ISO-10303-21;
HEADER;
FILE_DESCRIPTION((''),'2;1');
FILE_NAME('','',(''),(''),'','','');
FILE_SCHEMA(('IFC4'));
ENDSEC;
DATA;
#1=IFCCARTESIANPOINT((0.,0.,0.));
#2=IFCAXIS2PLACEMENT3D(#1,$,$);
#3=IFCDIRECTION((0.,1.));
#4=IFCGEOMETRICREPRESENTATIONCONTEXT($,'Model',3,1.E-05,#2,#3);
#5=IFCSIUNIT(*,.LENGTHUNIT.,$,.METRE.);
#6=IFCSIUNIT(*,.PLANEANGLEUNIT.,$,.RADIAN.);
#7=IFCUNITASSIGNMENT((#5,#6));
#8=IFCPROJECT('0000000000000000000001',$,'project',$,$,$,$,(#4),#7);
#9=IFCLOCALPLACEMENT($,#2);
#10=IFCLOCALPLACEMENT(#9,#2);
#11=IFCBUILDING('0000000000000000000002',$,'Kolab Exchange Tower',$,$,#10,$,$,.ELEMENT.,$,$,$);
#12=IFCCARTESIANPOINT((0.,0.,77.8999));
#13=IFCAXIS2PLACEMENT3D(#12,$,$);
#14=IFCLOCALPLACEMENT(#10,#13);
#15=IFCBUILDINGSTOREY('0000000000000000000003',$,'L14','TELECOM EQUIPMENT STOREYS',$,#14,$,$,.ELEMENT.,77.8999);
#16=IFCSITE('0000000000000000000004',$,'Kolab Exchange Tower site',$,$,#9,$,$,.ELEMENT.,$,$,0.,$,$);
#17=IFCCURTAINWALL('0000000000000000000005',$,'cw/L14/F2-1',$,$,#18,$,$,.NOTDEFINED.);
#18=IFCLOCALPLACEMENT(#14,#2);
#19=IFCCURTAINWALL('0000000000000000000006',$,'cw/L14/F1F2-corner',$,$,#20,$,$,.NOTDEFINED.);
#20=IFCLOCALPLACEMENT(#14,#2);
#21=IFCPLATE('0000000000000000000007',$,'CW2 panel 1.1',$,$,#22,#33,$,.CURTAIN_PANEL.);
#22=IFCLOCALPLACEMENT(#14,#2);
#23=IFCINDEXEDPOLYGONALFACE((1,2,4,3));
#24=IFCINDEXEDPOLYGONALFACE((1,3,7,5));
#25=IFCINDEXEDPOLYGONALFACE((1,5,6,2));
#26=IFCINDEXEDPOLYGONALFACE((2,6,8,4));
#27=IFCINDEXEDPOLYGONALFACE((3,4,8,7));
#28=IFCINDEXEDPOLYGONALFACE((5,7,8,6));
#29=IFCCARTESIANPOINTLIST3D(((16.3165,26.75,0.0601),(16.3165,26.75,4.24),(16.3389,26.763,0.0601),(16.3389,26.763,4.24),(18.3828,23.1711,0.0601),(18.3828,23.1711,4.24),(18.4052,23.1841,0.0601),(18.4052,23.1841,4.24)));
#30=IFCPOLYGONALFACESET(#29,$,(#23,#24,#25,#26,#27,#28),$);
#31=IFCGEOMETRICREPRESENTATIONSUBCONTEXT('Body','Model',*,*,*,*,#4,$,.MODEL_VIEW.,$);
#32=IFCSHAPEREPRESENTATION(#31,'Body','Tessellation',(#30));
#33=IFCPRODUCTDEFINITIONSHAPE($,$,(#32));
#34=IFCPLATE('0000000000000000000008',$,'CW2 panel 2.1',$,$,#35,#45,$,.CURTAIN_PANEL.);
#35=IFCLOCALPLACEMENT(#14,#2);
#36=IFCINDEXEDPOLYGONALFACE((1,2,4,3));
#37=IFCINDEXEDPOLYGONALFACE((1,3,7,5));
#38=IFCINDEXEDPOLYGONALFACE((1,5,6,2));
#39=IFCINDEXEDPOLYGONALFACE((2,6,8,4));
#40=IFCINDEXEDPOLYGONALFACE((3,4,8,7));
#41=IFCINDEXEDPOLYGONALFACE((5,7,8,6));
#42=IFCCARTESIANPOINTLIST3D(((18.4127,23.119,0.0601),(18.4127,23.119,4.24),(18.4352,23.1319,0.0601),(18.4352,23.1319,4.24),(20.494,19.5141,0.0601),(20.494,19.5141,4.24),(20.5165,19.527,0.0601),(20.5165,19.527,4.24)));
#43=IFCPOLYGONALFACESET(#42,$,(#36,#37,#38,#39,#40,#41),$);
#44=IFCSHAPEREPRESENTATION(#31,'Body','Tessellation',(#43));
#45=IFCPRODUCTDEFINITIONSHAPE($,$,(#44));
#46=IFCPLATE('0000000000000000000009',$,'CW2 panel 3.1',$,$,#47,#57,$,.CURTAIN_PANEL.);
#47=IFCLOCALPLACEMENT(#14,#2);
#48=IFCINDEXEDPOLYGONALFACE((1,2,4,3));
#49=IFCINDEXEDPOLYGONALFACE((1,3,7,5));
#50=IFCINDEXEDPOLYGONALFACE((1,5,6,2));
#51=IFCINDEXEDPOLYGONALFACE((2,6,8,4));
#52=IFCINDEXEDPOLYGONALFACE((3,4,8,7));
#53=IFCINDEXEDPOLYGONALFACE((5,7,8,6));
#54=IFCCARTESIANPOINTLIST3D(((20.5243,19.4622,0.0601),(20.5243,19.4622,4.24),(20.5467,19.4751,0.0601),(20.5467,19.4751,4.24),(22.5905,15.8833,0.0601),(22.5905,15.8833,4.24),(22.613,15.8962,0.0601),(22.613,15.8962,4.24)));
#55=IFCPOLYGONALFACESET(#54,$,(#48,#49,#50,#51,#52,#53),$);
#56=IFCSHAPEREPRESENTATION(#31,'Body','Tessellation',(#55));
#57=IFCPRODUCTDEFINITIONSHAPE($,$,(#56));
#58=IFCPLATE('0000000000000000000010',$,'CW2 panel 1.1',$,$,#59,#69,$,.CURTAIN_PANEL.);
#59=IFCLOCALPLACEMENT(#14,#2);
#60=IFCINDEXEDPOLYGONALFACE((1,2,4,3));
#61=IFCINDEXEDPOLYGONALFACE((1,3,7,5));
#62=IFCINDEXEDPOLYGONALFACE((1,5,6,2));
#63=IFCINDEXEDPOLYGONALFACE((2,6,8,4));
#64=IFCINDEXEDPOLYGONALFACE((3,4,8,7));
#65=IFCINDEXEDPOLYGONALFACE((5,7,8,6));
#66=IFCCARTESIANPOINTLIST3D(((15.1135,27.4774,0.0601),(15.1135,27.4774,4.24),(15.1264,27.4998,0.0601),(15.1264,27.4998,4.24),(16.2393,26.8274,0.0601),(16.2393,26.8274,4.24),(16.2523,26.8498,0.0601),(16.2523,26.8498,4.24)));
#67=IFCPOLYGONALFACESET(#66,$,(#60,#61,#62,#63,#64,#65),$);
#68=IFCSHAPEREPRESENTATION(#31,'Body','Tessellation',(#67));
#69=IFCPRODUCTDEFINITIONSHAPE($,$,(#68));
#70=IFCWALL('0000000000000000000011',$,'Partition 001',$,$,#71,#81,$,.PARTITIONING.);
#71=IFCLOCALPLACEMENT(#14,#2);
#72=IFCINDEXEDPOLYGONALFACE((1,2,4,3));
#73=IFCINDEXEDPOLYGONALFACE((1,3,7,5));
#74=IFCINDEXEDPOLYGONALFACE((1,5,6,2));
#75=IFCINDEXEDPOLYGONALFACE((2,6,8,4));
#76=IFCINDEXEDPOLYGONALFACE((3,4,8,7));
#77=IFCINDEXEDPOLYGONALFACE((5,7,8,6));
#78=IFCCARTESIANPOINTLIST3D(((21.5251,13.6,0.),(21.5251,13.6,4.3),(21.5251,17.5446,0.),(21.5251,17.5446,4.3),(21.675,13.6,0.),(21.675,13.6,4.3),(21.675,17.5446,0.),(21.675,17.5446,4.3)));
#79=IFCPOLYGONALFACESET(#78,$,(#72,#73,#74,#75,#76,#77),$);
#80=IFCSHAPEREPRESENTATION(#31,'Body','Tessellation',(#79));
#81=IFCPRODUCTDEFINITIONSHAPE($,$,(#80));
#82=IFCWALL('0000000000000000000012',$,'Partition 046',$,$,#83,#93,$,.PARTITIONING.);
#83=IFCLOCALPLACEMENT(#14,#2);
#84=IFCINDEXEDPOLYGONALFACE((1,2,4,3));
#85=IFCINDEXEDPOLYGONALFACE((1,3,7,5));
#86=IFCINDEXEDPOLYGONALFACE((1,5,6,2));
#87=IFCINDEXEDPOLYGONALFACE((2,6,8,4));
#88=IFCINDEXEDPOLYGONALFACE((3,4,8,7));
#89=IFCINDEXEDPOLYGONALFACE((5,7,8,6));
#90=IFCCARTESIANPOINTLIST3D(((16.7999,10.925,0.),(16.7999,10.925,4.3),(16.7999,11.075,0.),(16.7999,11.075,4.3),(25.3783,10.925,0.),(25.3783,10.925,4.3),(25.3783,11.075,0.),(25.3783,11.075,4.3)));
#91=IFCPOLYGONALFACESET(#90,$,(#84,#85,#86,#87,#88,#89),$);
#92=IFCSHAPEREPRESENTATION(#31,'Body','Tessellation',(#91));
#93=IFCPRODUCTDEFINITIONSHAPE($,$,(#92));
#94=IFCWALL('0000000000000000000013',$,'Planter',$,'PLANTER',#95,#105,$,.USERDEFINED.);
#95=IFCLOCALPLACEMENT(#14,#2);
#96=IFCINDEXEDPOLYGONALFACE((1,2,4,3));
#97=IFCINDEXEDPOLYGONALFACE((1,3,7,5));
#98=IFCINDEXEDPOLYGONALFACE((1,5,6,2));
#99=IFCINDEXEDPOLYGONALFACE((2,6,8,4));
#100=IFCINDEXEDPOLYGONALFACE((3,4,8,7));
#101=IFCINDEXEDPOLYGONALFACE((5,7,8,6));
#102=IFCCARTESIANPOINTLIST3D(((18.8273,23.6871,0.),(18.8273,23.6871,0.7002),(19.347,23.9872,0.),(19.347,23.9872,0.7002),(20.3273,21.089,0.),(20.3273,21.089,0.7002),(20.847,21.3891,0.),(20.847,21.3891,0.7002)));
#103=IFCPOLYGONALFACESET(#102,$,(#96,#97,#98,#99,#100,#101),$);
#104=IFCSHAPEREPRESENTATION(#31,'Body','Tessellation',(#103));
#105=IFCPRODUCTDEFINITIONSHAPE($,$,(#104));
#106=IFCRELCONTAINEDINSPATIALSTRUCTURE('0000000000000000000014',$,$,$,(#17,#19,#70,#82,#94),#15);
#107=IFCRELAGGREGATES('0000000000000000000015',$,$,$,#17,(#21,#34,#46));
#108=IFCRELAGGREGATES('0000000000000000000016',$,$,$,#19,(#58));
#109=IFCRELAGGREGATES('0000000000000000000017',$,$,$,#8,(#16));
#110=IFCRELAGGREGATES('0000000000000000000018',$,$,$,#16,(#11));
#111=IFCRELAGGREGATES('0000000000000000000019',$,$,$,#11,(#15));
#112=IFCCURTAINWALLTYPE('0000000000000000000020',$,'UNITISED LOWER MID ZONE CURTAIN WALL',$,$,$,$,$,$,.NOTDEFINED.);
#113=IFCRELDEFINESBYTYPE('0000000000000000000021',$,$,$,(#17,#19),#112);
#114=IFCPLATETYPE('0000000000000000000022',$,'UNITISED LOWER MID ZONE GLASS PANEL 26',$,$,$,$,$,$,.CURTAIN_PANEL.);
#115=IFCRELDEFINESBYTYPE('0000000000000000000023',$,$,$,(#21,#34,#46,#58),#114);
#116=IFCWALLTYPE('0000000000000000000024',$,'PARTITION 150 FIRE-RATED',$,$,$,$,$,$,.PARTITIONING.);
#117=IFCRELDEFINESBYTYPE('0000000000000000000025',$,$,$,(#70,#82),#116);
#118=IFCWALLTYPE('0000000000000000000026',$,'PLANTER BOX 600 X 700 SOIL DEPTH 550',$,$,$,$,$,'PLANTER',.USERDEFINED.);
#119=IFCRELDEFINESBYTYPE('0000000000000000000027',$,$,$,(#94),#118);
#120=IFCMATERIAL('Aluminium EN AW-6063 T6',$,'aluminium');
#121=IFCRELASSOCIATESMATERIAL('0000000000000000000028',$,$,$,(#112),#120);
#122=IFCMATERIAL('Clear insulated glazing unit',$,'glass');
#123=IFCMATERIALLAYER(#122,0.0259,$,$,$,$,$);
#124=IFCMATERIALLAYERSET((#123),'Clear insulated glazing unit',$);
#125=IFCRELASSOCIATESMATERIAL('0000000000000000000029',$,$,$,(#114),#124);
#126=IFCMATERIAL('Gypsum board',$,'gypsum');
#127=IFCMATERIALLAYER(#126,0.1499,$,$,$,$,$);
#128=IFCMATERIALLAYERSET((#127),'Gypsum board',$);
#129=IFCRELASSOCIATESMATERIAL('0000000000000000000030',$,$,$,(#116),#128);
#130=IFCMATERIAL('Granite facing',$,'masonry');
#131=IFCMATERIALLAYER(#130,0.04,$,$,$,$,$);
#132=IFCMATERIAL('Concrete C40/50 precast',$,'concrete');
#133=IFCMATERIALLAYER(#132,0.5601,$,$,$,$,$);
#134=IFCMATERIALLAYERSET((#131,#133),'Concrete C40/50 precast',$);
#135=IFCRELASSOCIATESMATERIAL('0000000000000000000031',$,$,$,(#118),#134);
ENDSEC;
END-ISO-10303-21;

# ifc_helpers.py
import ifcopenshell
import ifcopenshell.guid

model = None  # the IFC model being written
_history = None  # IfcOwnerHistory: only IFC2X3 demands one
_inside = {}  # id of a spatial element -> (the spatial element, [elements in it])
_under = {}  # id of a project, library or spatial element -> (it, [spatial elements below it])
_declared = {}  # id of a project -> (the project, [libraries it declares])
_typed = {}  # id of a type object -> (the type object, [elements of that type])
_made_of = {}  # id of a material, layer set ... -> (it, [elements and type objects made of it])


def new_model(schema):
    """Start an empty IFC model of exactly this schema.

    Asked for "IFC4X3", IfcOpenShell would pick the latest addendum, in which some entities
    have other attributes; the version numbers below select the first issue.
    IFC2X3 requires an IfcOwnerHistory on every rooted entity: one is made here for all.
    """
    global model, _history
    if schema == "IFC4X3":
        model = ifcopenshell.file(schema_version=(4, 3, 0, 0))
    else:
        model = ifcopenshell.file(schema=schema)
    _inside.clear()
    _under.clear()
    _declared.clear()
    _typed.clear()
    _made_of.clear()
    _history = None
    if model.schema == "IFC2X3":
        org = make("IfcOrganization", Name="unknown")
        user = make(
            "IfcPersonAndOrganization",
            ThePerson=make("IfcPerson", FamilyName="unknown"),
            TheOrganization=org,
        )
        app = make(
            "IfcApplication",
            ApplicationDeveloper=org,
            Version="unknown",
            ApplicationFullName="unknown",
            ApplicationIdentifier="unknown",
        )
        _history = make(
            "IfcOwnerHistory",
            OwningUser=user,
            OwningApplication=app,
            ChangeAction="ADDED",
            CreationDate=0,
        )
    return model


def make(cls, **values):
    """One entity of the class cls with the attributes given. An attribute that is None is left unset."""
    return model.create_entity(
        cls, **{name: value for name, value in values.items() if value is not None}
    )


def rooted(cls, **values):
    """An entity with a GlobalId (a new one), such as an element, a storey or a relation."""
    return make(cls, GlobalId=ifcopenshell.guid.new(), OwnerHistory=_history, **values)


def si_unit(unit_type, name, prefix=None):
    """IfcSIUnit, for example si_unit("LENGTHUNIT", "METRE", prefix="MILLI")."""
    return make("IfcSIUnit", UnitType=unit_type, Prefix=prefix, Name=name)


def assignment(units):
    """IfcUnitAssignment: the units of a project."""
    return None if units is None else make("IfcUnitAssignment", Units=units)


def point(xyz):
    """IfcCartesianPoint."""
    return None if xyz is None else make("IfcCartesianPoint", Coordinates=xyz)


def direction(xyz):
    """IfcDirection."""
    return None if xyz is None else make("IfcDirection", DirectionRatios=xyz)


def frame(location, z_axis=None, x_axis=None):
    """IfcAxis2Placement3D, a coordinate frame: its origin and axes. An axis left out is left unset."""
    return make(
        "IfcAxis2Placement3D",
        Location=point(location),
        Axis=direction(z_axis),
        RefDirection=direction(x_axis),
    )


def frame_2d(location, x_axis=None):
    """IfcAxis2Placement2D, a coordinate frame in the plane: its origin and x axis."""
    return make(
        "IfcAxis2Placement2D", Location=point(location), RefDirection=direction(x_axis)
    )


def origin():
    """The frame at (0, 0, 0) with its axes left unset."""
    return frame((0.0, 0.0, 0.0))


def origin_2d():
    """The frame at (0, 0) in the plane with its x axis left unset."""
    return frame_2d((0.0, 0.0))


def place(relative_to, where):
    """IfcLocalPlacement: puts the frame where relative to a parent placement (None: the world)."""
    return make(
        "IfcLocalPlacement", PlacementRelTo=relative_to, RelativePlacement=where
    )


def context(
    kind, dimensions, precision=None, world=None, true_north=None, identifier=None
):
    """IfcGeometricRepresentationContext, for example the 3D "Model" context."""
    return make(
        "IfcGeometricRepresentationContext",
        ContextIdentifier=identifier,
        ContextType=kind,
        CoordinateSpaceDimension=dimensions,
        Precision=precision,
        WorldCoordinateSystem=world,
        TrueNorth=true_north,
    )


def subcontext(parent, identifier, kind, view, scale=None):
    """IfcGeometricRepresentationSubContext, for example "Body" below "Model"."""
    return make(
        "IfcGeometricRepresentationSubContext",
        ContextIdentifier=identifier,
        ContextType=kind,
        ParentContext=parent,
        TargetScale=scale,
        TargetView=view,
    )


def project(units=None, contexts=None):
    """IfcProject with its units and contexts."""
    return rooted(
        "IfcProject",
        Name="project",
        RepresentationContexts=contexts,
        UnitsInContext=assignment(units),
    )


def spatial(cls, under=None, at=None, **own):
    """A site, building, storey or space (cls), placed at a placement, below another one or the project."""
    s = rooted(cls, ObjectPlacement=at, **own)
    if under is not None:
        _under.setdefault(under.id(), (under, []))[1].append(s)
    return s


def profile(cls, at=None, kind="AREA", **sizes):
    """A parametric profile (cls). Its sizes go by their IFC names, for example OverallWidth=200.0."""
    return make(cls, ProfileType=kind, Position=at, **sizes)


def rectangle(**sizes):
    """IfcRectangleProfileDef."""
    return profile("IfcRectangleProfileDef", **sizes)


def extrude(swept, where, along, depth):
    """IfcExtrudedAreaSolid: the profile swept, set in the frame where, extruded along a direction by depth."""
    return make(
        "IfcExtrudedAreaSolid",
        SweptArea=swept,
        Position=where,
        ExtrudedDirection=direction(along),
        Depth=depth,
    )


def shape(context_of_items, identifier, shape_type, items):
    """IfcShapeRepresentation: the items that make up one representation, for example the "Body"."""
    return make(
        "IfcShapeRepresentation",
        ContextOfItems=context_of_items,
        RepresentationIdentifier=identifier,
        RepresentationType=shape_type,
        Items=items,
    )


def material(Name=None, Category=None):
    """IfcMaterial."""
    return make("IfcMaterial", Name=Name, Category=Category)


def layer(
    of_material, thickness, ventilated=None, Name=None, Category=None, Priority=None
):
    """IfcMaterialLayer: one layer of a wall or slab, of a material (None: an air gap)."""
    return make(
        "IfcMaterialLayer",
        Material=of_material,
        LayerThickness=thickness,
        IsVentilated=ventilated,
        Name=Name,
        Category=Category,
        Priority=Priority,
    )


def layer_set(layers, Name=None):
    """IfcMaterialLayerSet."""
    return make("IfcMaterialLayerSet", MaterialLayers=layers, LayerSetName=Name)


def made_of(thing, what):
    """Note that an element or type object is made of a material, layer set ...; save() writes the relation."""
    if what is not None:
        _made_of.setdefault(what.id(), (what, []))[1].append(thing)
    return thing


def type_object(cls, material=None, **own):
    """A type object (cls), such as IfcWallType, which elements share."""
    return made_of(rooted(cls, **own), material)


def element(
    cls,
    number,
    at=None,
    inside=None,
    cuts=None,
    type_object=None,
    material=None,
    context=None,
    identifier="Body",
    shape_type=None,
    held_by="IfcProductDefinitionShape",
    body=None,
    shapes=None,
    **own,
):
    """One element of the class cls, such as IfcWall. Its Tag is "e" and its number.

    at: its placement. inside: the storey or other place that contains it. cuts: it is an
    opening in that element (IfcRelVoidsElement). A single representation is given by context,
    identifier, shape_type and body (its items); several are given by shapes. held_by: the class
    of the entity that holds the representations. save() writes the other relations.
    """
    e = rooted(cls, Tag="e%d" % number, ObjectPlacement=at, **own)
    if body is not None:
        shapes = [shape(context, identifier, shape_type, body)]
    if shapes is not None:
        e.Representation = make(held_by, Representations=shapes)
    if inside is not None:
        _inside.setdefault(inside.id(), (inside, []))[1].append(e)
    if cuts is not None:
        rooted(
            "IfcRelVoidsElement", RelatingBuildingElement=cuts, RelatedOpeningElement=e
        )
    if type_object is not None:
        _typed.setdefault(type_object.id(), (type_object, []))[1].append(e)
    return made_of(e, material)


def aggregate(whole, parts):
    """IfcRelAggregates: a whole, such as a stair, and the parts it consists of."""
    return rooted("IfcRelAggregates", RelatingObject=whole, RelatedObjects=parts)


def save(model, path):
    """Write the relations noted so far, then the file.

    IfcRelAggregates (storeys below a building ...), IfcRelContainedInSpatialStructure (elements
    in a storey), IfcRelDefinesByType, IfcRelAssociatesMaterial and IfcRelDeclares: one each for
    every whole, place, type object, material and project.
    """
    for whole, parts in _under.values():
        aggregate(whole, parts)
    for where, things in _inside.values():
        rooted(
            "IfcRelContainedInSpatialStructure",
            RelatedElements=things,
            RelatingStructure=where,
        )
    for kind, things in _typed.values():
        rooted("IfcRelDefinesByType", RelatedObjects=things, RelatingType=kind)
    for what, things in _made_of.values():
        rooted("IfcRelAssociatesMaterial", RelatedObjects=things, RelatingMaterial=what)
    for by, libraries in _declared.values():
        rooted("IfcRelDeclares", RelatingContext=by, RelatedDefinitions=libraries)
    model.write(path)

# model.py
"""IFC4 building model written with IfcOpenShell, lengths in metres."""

from ifc_helpers import new_model, si_unit, direction, frame, frame_2d, origin, origin_2d, place, context, subcontext, project, spatial, rectangle, extrude, material, layer, layer_set, type_object, element, aggregate, save


model = new_model("IFC4")

# Units and contexts
model_context = context("Model", 3, precision=1e-05, world=origin(), true_north=direction((0.0, 1.0)))
body_context = subcontext(model_context, "Body", "Model", "MODEL_VIEW")
ifc_project = project(units=[si_unit("LENGTHUNIT", "METRE"), si_unit("PLANEANGLEUNIT", "RADIAN")], contexts=[model_context])

# Site, building, storey
site_placement = place(None, origin())
site = spatial("IfcSite", under=ifc_project, at=site_placement, Name="Kolab Exchange Tower site", CompositionType="ELEMENT", RefElevation=0.0)
building_placement = place(site_placement, origin())
building = spatial("IfcBuilding", under=site, at=building_placement, Name="Kolab Exchange Tower", CompositionType="ELEMENT")
storey_placement = place(building_placement, frame((0.0, 0.0, 77.8999)))
storey = spatial("IfcBuildingStorey", under=building, at=storey_placement, Name="L14", Description="TELECOM EQUIPMENT STOREYS", CompositionType="ELEMENT", Elevation=77.8999)

# Shared definitions
ifc_material_1 = material(Name="Aluminium EN AW-6063 T6", Category="aluminium")
curtain_wall_type = type_object("IfcCurtainWallType", Name="UNITISED LOWER MID ZONE CURTAIN WALL", PredefinedType="NOTDEFINED", material=ifc_material_1)

# Curtain wall
curtain_wall_1_placement = place(storey_placement, origin())
curtain_wall_1 = element("IfcCurtainWall", 1, at=curtain_wall_1_placement, inside=storey, type_object=curtain_wall_type, Name="cw/L14/F2-1", PredefinedType="NOTDEFINED")

# Curtain wall
curtain_wall_2_placement = place(storey_placement, origin())
curtain_wall_2 = element("IfcCurtainWall", 2, at=curtain_wall_2_placement, inside=storey, type_object=curtain_wall_type, Name="cw/L14/F1F2-corner", PredefinedType="NOTDEFINED")

# Plates
ifc_material_2 = material(Name="Clear insulated glazing unit", Category="glass")
ifc_layer_1 = layer(ifc_material_2, 0.0259)
ifc_layer_set_1 = layer_set([ifc_layer_1], Name="Clear insulated glazing unit")
plate_type_1 = type_object("IfcPlateType", Name="UNITISED LOWER MID ZONE GLASS PANEL 26", PredefinedType="CURTAIN_PANEL", material=ifc_layer_set_1)
plate_1_placement = place(storey_placement, frame((17.3608, 24.967, 0.0601), z_axis=(0.0, 0.0, 1.0), x_axis=(0.5, -0.866025, 0.0)))
plate_1 = element("IfcPlate", 3, at=plate_1_placement, type_object=plate_type_1, Name="CW2 panel 1.1", PredefinedType="CURTAIN_PANEL", context=body_context, shape_type="SweptSolid", body=[
    extrude(rectangle(XDim=4.1326, YDim=0.0259, at=origin_2d()), origin(), (0.0, 0.0, 1.0), 4.1799),
])
plate_2_placement = place(storey_placement, frame((19.4646, 21.323, 0.0601), z_axis=(0.0, 0.0, 1.0), x_axis=(0.5, -0.866025, 0.0)))
plate_2 = element("IfcPlate", 4, at=plate_2_placement, type_object=plate_type_1, Name="CW2 panel 2.1", PredefinedType="CURTAIN_PANEL", context=body_context, shape_type="SweptSolid", body=[
    extrude(rectangle(XDim=4.1626, YDim=0.0259, at=origin_2d()), origin(), (0.0, 0.0, 1.0), 4.1799),
])
plate_3_placement = place(storey_placement, frame((21.5686, 17.6792, 0.0601), z_axis=(0.0, 0.0, 1.0), x_axis=(0.5, -0.866025, 0.0)))
plate_3 = element("IfcPlate", 5, at=plate_3_placement, type_object=plate_type_1, Name="CW2 panel 3.1", PredefinedType="CURTAIN_PANEL", context=body_context, shape_type="SweptSolid", body=[
    extrude(rectangle(XDim=4.1326, YDim=0.0259, at=origin_2d()), origin(), (0.0, 0.0, 1.0), 4.1799),
])
aggregate(curtain_wall_1, [plate_1, plate_2, plate_3])
plate_4_placement = place(storey_placement, frame((15.6829, 27.1636, 0.0601), z_axis=(0.0, 0.0, 1.0), x_axis=(0.866025, -0.5, 0.0)))
plate_4 = element("IfcPlate", 6, at=plate_4_placement, type_object=plate_type_1, Name="CW2 panel 1.1", PredefinedType="CURTAIN_PANEL", context=body_context, shape_type="SweptSolid", body=[
    extrude(rectangle(XDim=1.3, YDim=0.0259, at=origin_2d()), origin(), (0.0, 0.0, 1.0), 4.1799),
])
aggregate(curtain_wall_2, [plate_4])

# Walls
ifc_material_3 = material(Name="Gypsum board", Category="gypsum")
ifc_layer_2 = layer(ifc_material_3, 0.1499)
ifc_layer_set_2 = layer_set([ifc_layer_2], Name="Gypsum board")
wall_type_1 = type_object("IfcWallType", Name="PARTITION 150 FIRE-RATED", PredefinedType="PARTITIONING", material=ifc_layer_set_2)
wall_1_placement = place(storey_placement, frame((21.6001, 13.6001, 0.0), z_axis=(0.0, 0.0, 1.0), x_axis=(0.0, 1.0, 0.0)))
element("IfcWall", 7, at=wall_1_placement, inside=storey, type_object=wall_type_1, Name="Partition 001", PredefinedType="PARTITIONING", context=body_context, shape_type="SweptSolid", body=[
    extrude(rectangle(XDim=3.9446, YDim=0.1499, at=frame_2d((1.9722, 0.0))), origin(), (0.0, 0.0, 1.0), 4.3),
])
wall_2_placement = place(storey_placement, frame((16.8, 11.0, 0.0), z_axis=(0.0, 0.0, 1.0), x_axis=(1.0, 0.0, 0.0)))
element("IfcWall", 8, at=wall_2_placement, inside=storey, type_object=wall_type_1, Name="Partition 046", PredefinedType="PARTITIONING", context=body_context, shape_type="SweptSolid", body=[
    extrude(rectangle(XDim=8.5784, YDim=0.1499, at=frame_2d((4.2891, 0.0))), origin(), (0.0, 0.0, 1.0), 4.3),
])
ifc_material_4 = material(Name="Granite facing", Category="masonry")
ifc_layer_3 = layer(ifc_material_4, 0.04)
ifc_material_5 = material(Name="Concrete C40/50 precast", Category="concrete")
ifc_layer_4 = layer(ifc_material_5, 0.5601)
ifc_layer_set_3 = layer_set([ifc_layer_3, ifc_layer_4], Name="Concrete C40/50 precast")
wall_type_2 = type_object("IfcWallType", Name="PLANTER BOX 600 X 700 SOIL DEPTH 550", ElementType="PLANTER", PredefinedType="USERDEFINED", material=ifc_layer_set_3)
wall_3_placement = place(storey_placement, frame((19.0872, 23.8372, 0.0), z_axis=(0.0, 0.0, 1.0), x_axis=(0.49999, -0.866031, 0.0)))
element("IfcWall", 9, at=wall_3_placement, inside=storey, type_object=wall_type_2, Name="Planter", ObjectType="PLANTER", PredefinedType="USERDEFINED", context=body_context, shape_type="SweptSolid", body=[
    extrude(rectangle(XDim=3.0, YDim=0.6001, at=frame_2d((1.5, 0.0))), origin(), (0.0, 0.0, 1.0), 0.7002),
])

save(model, "model.ifc")
